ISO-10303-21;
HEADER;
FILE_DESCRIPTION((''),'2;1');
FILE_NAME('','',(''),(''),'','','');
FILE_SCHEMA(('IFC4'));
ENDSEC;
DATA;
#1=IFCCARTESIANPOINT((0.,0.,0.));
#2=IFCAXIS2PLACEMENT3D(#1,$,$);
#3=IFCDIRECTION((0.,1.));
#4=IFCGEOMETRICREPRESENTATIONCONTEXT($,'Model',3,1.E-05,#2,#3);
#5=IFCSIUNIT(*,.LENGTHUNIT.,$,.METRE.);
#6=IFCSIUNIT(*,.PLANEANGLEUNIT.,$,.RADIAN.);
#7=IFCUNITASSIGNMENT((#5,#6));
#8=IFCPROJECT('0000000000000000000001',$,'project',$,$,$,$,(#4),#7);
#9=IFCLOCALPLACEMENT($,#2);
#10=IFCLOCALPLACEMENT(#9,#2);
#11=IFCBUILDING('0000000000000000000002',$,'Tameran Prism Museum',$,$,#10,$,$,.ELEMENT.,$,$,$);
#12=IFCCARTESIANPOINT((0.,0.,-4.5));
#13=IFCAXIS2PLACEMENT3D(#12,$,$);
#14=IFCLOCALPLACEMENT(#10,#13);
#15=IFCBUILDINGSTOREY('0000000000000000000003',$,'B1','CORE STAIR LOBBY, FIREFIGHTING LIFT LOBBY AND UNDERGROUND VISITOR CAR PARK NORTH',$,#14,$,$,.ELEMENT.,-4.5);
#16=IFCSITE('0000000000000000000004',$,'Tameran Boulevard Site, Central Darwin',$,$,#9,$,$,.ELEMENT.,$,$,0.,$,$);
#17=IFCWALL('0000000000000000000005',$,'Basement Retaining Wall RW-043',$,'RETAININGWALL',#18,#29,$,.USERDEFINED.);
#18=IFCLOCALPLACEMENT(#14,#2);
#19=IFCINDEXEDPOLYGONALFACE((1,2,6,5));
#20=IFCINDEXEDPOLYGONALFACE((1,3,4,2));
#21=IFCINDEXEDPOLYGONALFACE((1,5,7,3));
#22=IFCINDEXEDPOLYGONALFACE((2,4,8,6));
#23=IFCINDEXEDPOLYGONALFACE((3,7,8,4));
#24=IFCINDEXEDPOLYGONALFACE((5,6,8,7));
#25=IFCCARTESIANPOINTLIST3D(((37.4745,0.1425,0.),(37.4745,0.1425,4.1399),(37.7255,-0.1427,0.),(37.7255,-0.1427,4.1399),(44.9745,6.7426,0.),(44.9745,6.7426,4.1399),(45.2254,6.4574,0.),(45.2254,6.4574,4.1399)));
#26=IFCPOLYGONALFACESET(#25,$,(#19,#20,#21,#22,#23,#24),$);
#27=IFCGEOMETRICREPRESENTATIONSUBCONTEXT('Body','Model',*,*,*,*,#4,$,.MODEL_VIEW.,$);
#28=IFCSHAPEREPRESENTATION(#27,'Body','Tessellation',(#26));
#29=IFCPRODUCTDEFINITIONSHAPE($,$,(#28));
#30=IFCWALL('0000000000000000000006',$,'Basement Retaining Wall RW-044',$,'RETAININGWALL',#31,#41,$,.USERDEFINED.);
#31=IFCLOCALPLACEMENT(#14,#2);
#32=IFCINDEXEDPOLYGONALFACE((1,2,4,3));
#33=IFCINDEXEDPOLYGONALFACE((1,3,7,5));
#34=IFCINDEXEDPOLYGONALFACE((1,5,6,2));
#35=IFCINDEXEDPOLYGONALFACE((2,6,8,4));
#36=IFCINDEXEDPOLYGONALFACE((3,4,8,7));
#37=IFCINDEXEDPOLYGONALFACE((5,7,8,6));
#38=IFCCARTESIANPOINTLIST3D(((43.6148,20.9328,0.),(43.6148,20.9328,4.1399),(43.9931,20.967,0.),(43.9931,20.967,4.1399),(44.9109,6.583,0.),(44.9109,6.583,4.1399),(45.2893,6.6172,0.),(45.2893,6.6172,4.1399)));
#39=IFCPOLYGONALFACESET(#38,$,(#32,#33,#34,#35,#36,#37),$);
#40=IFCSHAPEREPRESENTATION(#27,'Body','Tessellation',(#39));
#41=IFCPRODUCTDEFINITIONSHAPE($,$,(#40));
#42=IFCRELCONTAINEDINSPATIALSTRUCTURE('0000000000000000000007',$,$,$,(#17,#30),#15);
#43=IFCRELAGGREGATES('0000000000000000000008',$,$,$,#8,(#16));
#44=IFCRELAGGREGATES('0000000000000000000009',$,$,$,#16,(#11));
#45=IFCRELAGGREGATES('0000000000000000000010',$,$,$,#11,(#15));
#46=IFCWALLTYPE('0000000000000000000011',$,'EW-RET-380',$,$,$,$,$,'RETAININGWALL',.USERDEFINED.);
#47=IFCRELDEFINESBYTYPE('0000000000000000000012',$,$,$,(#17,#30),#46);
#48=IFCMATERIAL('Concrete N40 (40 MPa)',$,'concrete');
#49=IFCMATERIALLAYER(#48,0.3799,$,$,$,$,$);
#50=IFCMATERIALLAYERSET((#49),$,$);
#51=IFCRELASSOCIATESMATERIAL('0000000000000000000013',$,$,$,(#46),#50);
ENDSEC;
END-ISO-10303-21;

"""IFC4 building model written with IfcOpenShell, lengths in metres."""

from ifc_helpers import new_model, si_unit, direction, frame, frame_2d, origin, place, context, subcontext, project, spatial, rectangle, extrude, material, layer, layer_set, type_object, element, save


model = new_model("IFC4")

# Units and contexts
model_context = context("Model", 3, precision=1e-05, world=origin(), true_north=direction((0.0, 1.0)))
body_context = subcontext(model_context, "Body", "Model", "MODEL_VIEW")
ifc_project = project(units=[si_unit("LENGTHUNIT", "METRE"), si_unit("PLANEANGLEUNIT", "RADIAN")], contexts=[model_context])

# Site, building, storey
site_placement = place(None, origin())
site = spatial("IfcSite", under=ifc_project, at=site_placement, Name="Tameran Boulevard Site, Central Darwin", CompositionType="ELEMENT", RefElevation=0.0)
building_placement = place(site_placement, origin())
building = spatial("IfcBuilding", under=site, at=building_placement, Name="Tameran Prism Museum", CompositionType="ELEMENT")
storey_placement = place(building_placement, frame((0.0, 0.0, -4.5)))
storey = spatial("IfcBuildingStorey", under=building, at=storey_placement, Name="B1", Description="CORE STAIR LOBBY, FIREFIGHTING LIFT LOBBY AND UNDERGROUND VISITOR CAR PARK NORTH", CompositionType="ELEMENT", Elevation=-4.5)

# Walls
ifc_material_1 = material(Name="Concrete N40 (40 MPa)", Category="concrete")
ifc_layer = layer(ifc_material_1, 0.3799)
ifc_layer_set = layer_set([ifc_layer])
wall_type = type_object("IfcWallType", Name="EW-RET-380", ElementType="RETAININGWALL", PredefinedType="USERDEFINED", material=ifc_layer_set)
wall_1_placement = place(storey_placement, frame((37.6001, 0.0, 0.0), z_axis=(0.0, 0.0, 1.0), x_axis=(0.750709, 0.660633, 0.0)))
element("IfcWall", 1, at=wall_1_placement, inside=storey, type_object=wall_type, Name="Basement Retaining Wall RW-043", ObjectType="RETAININGWALL", PredefinedType="USERDEFINED", context=body_context, shape_type="SweptSolid", body=[
    extrude(rectangle(XDim=9.9905, YDim=0.3799, at=frame_2d((4.9951, 0.0))), origin(), (0.0, 0.0, 1.0), 4.1399),
])
wall_2_placement = place(storey_placement, frame((45.1001, 6.6001, 0.0), z_axis=(0.0, 0.0, 1.0), x_axis=(-0.089958, 0.995946, 0.0)))
element("IfcWall", 2, at=wall_2_placement, inside=storey, type_object=wall_type, Name="Basement Retaining Wall RW-044", ObjectType="RETAININGWALL", PredefinedType="USERDEFINED", context=body_context, shape_type="SweptSolid", body=[
    extrude(rectangle(XDim=14.4082, YDim=0.3799, at=frame_2d((7.2041, 0.0))), origin(), (0.0, 0.0, 1.0), 4.1399),
])

save(model, "model.ifc")
